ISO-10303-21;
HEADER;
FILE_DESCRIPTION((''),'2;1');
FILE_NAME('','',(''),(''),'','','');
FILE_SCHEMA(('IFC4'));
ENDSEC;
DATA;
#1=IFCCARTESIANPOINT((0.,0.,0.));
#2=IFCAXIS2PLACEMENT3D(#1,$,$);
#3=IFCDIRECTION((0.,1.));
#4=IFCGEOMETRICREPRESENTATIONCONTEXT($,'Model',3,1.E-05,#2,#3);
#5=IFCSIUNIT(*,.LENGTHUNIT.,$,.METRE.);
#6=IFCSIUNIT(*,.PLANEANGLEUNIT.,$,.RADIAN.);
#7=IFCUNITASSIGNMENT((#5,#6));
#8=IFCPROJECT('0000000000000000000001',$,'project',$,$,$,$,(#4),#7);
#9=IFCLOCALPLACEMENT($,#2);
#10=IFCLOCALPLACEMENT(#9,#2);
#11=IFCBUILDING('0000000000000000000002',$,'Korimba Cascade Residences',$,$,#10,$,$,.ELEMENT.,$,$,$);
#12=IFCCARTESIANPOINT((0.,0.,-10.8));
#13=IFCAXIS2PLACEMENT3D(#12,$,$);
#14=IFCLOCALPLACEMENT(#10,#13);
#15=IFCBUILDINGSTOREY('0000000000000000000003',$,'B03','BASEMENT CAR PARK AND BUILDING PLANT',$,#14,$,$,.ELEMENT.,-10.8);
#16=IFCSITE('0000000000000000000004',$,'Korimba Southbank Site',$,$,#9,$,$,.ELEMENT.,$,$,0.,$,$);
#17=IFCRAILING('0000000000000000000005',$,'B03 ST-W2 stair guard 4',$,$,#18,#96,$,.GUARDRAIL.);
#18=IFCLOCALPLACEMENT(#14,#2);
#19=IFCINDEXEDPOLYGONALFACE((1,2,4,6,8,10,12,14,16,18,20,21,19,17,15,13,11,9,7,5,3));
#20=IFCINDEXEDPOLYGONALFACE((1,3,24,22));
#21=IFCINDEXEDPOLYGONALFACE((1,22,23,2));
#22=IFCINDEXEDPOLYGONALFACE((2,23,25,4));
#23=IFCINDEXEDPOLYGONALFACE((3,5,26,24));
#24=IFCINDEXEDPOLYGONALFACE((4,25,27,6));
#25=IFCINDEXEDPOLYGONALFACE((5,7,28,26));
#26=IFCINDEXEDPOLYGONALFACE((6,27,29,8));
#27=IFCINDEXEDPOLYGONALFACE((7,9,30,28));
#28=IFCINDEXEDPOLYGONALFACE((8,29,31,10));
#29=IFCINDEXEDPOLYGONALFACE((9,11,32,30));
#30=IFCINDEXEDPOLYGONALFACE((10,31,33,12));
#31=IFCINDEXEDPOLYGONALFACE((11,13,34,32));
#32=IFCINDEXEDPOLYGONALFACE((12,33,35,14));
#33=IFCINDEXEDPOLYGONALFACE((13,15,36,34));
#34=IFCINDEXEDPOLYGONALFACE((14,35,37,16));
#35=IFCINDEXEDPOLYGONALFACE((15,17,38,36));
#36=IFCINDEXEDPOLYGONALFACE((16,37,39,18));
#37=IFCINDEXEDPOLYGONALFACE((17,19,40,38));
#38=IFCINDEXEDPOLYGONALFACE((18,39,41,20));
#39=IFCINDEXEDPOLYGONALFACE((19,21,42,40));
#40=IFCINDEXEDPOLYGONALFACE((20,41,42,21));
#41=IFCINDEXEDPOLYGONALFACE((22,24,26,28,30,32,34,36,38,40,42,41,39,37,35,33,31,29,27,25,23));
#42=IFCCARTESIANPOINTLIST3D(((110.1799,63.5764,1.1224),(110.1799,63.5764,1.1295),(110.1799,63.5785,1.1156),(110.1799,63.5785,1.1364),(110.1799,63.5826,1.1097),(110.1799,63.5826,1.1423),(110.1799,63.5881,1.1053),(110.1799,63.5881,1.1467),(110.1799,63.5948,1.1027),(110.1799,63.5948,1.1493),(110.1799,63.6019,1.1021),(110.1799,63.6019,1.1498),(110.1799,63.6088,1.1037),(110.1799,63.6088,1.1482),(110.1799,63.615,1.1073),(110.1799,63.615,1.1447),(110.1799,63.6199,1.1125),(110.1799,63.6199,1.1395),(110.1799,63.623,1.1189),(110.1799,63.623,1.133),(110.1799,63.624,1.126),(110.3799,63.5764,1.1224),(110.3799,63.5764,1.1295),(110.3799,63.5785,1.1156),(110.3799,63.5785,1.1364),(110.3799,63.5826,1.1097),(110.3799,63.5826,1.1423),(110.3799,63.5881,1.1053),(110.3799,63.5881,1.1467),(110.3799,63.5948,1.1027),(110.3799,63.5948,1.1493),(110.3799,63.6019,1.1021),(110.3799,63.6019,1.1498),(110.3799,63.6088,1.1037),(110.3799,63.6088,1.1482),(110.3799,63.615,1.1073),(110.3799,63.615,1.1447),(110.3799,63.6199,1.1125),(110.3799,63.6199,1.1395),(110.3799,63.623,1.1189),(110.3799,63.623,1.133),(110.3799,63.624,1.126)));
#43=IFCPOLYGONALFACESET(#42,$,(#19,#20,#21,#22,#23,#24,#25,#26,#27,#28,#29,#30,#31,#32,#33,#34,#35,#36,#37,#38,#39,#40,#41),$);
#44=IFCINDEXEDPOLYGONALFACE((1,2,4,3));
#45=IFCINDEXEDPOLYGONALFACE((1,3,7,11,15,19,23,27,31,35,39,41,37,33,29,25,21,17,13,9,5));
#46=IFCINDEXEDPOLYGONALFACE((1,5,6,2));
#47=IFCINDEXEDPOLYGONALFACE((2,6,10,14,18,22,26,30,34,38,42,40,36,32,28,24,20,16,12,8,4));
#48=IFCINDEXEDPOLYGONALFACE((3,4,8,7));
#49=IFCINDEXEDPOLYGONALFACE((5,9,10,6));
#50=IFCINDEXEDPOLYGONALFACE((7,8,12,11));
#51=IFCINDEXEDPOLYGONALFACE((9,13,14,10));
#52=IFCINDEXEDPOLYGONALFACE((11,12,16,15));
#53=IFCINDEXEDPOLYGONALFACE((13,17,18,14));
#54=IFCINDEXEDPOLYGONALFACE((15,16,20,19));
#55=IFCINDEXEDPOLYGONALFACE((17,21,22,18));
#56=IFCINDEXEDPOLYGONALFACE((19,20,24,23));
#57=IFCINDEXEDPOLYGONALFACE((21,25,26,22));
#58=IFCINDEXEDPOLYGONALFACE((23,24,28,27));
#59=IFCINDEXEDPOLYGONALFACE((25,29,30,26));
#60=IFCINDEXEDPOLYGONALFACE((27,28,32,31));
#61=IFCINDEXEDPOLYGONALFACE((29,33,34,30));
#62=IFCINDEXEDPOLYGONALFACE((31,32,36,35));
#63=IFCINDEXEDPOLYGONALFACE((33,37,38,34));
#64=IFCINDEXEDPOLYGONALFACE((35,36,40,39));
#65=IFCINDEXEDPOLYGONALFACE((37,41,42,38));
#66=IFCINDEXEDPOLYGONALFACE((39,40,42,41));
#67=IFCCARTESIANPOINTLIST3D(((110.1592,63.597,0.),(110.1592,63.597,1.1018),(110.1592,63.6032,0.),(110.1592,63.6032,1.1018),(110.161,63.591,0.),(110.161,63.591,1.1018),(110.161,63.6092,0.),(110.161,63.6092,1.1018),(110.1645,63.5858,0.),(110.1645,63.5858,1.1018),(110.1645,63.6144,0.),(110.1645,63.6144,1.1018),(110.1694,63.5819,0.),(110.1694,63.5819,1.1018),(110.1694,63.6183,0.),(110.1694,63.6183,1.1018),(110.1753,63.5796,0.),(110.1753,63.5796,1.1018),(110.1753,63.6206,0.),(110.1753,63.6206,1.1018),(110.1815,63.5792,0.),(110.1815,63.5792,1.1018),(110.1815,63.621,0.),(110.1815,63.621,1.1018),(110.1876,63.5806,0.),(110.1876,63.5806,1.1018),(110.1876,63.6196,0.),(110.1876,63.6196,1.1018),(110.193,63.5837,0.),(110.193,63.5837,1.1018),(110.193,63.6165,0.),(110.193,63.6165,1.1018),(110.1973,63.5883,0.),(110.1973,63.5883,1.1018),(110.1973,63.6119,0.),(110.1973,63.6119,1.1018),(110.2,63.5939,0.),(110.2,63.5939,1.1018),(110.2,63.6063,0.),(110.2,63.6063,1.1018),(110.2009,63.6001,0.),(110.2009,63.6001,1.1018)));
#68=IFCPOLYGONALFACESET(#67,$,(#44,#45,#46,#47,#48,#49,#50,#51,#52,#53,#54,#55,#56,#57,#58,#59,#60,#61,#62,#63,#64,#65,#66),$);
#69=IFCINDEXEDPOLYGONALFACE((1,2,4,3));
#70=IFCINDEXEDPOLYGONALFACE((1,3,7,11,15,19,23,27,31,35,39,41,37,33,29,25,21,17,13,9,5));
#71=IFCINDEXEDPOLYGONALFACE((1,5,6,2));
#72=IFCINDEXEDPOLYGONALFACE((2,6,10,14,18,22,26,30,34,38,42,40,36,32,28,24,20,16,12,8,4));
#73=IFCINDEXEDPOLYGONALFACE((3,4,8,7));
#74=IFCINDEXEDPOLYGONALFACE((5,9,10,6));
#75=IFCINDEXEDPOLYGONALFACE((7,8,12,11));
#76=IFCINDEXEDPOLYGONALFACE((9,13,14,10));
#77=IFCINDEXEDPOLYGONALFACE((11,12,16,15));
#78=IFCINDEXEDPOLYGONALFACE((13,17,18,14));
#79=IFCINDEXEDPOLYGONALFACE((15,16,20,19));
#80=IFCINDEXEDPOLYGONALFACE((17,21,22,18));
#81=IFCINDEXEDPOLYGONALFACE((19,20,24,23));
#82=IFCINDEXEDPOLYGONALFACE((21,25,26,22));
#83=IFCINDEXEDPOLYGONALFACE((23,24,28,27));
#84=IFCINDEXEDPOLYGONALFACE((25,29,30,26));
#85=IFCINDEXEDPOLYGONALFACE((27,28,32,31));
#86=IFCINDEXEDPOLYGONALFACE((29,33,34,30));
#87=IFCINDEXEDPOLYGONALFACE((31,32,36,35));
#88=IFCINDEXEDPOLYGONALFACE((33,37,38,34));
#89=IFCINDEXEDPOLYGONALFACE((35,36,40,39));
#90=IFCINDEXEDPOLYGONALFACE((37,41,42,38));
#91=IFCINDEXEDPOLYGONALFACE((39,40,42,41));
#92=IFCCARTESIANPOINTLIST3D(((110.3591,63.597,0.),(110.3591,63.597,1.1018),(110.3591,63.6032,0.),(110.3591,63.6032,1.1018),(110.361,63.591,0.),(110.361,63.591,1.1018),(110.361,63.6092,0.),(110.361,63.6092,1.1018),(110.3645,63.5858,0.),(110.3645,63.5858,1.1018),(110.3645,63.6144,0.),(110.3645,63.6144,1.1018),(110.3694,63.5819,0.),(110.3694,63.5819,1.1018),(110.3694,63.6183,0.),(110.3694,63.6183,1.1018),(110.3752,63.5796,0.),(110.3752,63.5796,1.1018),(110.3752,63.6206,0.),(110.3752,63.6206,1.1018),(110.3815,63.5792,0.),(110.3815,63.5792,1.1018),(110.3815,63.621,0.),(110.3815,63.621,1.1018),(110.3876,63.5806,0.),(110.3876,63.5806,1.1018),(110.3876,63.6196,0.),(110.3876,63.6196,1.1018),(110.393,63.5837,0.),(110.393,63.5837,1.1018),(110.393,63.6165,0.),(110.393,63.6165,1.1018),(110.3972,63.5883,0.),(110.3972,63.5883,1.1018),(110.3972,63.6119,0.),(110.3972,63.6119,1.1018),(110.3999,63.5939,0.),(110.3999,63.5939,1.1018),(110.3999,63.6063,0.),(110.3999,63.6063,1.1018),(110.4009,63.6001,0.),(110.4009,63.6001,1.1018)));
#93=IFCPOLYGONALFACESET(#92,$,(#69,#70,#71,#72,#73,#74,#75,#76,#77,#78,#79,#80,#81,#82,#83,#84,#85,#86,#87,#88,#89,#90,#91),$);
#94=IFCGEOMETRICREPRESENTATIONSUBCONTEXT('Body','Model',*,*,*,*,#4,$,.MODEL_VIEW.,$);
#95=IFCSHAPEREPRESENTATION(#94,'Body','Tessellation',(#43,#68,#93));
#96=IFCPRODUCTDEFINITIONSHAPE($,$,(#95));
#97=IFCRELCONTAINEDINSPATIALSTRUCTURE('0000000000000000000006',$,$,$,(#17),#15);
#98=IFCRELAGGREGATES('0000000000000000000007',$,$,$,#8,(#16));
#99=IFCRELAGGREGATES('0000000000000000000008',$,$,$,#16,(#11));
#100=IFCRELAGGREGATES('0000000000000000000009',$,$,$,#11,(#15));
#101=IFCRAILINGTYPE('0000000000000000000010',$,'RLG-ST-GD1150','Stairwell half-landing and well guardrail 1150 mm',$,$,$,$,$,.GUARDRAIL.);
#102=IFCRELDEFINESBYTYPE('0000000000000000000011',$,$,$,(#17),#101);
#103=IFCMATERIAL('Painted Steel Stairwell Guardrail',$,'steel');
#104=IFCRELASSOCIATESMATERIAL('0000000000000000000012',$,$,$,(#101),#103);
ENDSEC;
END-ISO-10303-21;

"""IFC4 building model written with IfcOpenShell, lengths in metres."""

from ifc_helpers import new_model, si_unit, direction, frame, origin, origin_2d, place, context, subcontext, project, spatial, circle, extrude, material, type_object, element, save


model = new_model("IFC4")

# Units and contexts
model_context = context("Model", 3, precision=1e-05, world=origin(), true_north=direction((0.0, 1.0)))
body_context = subcontext(model_context, "Body", "Model", "MODEL_VIEW")
ifc_project = project(units=[si_unit("LENGTHUNIT", "METRE"), si_unit("PLANEANGLEUNIT", "RADIAN")], contexts=[model_context])

# Site, building, storey
site_placement = place(None, origin())
site = spatial("IfcSite", under=ifc_project, at=site_placement, Name="Korimba Southbank Site", CompositionType="ELEMENT", RefElevation=0.0)
building_placement = place(site_placement, origin())
building = spatial("IfcBuilding", under=site, at=building_placement, Name="Korimba Cascade Residences", CompositionType="ELEMENT")
storey_placement = place(building_placement, frame((0.0, 0.0, -10.8)))
storey = spatial("IfcBuildingStorey", under=building, at=storey_placement, Name="B03", Description="BASEMENT CAR PARK AND BUILDING PLANT", CompositionType="ELEMENT", Elevation=-10.8)

# Railing
ifc_material_1 = material(Name="Painted Steel Stairwell Guardrail", Category="steel")
railing_type_1 = type_object("IfcRailingType", Name="RLG-ST-GD1150", Description="Stairwell half-landing and well guardrail 1150 mm", PredefinedType="GUARDRAIL", material=ifc_material_1)
railing_1_placement = place(storey_placement, frame((110.1799, 63.6001, 0.0)))
element("IfcRailing", 1, at=railing_1_placement, inside=storey, type_object=railing_type_1, Name="B03 ST-W2 stair guard 4", PredefinedType="GUARDRAIL", context=body_context, shape_type="SweptSolid", body=[
    extrude(circle(Radius=0.0239, at=origin_2d()), frame((0.0, 0.0, 1.126), z_axis=(1.0, 0.0, 0.0), x_axis=(0.0, 1.0, 0.0)), (0.0, 0.0, 1.0), 0.2),
    extrude(circle(Radius=0.021, at=origin_2d()), origin(), (0.0, 0.0, 1.0), 1.1018),
    extrude(circle(Radius=0.021, at=origin_2d()), frame((0.2, 0.0, 0.0)), (0.0, 0.0, 1.0), 1.1018),
])

save(model, "model.ifc")
